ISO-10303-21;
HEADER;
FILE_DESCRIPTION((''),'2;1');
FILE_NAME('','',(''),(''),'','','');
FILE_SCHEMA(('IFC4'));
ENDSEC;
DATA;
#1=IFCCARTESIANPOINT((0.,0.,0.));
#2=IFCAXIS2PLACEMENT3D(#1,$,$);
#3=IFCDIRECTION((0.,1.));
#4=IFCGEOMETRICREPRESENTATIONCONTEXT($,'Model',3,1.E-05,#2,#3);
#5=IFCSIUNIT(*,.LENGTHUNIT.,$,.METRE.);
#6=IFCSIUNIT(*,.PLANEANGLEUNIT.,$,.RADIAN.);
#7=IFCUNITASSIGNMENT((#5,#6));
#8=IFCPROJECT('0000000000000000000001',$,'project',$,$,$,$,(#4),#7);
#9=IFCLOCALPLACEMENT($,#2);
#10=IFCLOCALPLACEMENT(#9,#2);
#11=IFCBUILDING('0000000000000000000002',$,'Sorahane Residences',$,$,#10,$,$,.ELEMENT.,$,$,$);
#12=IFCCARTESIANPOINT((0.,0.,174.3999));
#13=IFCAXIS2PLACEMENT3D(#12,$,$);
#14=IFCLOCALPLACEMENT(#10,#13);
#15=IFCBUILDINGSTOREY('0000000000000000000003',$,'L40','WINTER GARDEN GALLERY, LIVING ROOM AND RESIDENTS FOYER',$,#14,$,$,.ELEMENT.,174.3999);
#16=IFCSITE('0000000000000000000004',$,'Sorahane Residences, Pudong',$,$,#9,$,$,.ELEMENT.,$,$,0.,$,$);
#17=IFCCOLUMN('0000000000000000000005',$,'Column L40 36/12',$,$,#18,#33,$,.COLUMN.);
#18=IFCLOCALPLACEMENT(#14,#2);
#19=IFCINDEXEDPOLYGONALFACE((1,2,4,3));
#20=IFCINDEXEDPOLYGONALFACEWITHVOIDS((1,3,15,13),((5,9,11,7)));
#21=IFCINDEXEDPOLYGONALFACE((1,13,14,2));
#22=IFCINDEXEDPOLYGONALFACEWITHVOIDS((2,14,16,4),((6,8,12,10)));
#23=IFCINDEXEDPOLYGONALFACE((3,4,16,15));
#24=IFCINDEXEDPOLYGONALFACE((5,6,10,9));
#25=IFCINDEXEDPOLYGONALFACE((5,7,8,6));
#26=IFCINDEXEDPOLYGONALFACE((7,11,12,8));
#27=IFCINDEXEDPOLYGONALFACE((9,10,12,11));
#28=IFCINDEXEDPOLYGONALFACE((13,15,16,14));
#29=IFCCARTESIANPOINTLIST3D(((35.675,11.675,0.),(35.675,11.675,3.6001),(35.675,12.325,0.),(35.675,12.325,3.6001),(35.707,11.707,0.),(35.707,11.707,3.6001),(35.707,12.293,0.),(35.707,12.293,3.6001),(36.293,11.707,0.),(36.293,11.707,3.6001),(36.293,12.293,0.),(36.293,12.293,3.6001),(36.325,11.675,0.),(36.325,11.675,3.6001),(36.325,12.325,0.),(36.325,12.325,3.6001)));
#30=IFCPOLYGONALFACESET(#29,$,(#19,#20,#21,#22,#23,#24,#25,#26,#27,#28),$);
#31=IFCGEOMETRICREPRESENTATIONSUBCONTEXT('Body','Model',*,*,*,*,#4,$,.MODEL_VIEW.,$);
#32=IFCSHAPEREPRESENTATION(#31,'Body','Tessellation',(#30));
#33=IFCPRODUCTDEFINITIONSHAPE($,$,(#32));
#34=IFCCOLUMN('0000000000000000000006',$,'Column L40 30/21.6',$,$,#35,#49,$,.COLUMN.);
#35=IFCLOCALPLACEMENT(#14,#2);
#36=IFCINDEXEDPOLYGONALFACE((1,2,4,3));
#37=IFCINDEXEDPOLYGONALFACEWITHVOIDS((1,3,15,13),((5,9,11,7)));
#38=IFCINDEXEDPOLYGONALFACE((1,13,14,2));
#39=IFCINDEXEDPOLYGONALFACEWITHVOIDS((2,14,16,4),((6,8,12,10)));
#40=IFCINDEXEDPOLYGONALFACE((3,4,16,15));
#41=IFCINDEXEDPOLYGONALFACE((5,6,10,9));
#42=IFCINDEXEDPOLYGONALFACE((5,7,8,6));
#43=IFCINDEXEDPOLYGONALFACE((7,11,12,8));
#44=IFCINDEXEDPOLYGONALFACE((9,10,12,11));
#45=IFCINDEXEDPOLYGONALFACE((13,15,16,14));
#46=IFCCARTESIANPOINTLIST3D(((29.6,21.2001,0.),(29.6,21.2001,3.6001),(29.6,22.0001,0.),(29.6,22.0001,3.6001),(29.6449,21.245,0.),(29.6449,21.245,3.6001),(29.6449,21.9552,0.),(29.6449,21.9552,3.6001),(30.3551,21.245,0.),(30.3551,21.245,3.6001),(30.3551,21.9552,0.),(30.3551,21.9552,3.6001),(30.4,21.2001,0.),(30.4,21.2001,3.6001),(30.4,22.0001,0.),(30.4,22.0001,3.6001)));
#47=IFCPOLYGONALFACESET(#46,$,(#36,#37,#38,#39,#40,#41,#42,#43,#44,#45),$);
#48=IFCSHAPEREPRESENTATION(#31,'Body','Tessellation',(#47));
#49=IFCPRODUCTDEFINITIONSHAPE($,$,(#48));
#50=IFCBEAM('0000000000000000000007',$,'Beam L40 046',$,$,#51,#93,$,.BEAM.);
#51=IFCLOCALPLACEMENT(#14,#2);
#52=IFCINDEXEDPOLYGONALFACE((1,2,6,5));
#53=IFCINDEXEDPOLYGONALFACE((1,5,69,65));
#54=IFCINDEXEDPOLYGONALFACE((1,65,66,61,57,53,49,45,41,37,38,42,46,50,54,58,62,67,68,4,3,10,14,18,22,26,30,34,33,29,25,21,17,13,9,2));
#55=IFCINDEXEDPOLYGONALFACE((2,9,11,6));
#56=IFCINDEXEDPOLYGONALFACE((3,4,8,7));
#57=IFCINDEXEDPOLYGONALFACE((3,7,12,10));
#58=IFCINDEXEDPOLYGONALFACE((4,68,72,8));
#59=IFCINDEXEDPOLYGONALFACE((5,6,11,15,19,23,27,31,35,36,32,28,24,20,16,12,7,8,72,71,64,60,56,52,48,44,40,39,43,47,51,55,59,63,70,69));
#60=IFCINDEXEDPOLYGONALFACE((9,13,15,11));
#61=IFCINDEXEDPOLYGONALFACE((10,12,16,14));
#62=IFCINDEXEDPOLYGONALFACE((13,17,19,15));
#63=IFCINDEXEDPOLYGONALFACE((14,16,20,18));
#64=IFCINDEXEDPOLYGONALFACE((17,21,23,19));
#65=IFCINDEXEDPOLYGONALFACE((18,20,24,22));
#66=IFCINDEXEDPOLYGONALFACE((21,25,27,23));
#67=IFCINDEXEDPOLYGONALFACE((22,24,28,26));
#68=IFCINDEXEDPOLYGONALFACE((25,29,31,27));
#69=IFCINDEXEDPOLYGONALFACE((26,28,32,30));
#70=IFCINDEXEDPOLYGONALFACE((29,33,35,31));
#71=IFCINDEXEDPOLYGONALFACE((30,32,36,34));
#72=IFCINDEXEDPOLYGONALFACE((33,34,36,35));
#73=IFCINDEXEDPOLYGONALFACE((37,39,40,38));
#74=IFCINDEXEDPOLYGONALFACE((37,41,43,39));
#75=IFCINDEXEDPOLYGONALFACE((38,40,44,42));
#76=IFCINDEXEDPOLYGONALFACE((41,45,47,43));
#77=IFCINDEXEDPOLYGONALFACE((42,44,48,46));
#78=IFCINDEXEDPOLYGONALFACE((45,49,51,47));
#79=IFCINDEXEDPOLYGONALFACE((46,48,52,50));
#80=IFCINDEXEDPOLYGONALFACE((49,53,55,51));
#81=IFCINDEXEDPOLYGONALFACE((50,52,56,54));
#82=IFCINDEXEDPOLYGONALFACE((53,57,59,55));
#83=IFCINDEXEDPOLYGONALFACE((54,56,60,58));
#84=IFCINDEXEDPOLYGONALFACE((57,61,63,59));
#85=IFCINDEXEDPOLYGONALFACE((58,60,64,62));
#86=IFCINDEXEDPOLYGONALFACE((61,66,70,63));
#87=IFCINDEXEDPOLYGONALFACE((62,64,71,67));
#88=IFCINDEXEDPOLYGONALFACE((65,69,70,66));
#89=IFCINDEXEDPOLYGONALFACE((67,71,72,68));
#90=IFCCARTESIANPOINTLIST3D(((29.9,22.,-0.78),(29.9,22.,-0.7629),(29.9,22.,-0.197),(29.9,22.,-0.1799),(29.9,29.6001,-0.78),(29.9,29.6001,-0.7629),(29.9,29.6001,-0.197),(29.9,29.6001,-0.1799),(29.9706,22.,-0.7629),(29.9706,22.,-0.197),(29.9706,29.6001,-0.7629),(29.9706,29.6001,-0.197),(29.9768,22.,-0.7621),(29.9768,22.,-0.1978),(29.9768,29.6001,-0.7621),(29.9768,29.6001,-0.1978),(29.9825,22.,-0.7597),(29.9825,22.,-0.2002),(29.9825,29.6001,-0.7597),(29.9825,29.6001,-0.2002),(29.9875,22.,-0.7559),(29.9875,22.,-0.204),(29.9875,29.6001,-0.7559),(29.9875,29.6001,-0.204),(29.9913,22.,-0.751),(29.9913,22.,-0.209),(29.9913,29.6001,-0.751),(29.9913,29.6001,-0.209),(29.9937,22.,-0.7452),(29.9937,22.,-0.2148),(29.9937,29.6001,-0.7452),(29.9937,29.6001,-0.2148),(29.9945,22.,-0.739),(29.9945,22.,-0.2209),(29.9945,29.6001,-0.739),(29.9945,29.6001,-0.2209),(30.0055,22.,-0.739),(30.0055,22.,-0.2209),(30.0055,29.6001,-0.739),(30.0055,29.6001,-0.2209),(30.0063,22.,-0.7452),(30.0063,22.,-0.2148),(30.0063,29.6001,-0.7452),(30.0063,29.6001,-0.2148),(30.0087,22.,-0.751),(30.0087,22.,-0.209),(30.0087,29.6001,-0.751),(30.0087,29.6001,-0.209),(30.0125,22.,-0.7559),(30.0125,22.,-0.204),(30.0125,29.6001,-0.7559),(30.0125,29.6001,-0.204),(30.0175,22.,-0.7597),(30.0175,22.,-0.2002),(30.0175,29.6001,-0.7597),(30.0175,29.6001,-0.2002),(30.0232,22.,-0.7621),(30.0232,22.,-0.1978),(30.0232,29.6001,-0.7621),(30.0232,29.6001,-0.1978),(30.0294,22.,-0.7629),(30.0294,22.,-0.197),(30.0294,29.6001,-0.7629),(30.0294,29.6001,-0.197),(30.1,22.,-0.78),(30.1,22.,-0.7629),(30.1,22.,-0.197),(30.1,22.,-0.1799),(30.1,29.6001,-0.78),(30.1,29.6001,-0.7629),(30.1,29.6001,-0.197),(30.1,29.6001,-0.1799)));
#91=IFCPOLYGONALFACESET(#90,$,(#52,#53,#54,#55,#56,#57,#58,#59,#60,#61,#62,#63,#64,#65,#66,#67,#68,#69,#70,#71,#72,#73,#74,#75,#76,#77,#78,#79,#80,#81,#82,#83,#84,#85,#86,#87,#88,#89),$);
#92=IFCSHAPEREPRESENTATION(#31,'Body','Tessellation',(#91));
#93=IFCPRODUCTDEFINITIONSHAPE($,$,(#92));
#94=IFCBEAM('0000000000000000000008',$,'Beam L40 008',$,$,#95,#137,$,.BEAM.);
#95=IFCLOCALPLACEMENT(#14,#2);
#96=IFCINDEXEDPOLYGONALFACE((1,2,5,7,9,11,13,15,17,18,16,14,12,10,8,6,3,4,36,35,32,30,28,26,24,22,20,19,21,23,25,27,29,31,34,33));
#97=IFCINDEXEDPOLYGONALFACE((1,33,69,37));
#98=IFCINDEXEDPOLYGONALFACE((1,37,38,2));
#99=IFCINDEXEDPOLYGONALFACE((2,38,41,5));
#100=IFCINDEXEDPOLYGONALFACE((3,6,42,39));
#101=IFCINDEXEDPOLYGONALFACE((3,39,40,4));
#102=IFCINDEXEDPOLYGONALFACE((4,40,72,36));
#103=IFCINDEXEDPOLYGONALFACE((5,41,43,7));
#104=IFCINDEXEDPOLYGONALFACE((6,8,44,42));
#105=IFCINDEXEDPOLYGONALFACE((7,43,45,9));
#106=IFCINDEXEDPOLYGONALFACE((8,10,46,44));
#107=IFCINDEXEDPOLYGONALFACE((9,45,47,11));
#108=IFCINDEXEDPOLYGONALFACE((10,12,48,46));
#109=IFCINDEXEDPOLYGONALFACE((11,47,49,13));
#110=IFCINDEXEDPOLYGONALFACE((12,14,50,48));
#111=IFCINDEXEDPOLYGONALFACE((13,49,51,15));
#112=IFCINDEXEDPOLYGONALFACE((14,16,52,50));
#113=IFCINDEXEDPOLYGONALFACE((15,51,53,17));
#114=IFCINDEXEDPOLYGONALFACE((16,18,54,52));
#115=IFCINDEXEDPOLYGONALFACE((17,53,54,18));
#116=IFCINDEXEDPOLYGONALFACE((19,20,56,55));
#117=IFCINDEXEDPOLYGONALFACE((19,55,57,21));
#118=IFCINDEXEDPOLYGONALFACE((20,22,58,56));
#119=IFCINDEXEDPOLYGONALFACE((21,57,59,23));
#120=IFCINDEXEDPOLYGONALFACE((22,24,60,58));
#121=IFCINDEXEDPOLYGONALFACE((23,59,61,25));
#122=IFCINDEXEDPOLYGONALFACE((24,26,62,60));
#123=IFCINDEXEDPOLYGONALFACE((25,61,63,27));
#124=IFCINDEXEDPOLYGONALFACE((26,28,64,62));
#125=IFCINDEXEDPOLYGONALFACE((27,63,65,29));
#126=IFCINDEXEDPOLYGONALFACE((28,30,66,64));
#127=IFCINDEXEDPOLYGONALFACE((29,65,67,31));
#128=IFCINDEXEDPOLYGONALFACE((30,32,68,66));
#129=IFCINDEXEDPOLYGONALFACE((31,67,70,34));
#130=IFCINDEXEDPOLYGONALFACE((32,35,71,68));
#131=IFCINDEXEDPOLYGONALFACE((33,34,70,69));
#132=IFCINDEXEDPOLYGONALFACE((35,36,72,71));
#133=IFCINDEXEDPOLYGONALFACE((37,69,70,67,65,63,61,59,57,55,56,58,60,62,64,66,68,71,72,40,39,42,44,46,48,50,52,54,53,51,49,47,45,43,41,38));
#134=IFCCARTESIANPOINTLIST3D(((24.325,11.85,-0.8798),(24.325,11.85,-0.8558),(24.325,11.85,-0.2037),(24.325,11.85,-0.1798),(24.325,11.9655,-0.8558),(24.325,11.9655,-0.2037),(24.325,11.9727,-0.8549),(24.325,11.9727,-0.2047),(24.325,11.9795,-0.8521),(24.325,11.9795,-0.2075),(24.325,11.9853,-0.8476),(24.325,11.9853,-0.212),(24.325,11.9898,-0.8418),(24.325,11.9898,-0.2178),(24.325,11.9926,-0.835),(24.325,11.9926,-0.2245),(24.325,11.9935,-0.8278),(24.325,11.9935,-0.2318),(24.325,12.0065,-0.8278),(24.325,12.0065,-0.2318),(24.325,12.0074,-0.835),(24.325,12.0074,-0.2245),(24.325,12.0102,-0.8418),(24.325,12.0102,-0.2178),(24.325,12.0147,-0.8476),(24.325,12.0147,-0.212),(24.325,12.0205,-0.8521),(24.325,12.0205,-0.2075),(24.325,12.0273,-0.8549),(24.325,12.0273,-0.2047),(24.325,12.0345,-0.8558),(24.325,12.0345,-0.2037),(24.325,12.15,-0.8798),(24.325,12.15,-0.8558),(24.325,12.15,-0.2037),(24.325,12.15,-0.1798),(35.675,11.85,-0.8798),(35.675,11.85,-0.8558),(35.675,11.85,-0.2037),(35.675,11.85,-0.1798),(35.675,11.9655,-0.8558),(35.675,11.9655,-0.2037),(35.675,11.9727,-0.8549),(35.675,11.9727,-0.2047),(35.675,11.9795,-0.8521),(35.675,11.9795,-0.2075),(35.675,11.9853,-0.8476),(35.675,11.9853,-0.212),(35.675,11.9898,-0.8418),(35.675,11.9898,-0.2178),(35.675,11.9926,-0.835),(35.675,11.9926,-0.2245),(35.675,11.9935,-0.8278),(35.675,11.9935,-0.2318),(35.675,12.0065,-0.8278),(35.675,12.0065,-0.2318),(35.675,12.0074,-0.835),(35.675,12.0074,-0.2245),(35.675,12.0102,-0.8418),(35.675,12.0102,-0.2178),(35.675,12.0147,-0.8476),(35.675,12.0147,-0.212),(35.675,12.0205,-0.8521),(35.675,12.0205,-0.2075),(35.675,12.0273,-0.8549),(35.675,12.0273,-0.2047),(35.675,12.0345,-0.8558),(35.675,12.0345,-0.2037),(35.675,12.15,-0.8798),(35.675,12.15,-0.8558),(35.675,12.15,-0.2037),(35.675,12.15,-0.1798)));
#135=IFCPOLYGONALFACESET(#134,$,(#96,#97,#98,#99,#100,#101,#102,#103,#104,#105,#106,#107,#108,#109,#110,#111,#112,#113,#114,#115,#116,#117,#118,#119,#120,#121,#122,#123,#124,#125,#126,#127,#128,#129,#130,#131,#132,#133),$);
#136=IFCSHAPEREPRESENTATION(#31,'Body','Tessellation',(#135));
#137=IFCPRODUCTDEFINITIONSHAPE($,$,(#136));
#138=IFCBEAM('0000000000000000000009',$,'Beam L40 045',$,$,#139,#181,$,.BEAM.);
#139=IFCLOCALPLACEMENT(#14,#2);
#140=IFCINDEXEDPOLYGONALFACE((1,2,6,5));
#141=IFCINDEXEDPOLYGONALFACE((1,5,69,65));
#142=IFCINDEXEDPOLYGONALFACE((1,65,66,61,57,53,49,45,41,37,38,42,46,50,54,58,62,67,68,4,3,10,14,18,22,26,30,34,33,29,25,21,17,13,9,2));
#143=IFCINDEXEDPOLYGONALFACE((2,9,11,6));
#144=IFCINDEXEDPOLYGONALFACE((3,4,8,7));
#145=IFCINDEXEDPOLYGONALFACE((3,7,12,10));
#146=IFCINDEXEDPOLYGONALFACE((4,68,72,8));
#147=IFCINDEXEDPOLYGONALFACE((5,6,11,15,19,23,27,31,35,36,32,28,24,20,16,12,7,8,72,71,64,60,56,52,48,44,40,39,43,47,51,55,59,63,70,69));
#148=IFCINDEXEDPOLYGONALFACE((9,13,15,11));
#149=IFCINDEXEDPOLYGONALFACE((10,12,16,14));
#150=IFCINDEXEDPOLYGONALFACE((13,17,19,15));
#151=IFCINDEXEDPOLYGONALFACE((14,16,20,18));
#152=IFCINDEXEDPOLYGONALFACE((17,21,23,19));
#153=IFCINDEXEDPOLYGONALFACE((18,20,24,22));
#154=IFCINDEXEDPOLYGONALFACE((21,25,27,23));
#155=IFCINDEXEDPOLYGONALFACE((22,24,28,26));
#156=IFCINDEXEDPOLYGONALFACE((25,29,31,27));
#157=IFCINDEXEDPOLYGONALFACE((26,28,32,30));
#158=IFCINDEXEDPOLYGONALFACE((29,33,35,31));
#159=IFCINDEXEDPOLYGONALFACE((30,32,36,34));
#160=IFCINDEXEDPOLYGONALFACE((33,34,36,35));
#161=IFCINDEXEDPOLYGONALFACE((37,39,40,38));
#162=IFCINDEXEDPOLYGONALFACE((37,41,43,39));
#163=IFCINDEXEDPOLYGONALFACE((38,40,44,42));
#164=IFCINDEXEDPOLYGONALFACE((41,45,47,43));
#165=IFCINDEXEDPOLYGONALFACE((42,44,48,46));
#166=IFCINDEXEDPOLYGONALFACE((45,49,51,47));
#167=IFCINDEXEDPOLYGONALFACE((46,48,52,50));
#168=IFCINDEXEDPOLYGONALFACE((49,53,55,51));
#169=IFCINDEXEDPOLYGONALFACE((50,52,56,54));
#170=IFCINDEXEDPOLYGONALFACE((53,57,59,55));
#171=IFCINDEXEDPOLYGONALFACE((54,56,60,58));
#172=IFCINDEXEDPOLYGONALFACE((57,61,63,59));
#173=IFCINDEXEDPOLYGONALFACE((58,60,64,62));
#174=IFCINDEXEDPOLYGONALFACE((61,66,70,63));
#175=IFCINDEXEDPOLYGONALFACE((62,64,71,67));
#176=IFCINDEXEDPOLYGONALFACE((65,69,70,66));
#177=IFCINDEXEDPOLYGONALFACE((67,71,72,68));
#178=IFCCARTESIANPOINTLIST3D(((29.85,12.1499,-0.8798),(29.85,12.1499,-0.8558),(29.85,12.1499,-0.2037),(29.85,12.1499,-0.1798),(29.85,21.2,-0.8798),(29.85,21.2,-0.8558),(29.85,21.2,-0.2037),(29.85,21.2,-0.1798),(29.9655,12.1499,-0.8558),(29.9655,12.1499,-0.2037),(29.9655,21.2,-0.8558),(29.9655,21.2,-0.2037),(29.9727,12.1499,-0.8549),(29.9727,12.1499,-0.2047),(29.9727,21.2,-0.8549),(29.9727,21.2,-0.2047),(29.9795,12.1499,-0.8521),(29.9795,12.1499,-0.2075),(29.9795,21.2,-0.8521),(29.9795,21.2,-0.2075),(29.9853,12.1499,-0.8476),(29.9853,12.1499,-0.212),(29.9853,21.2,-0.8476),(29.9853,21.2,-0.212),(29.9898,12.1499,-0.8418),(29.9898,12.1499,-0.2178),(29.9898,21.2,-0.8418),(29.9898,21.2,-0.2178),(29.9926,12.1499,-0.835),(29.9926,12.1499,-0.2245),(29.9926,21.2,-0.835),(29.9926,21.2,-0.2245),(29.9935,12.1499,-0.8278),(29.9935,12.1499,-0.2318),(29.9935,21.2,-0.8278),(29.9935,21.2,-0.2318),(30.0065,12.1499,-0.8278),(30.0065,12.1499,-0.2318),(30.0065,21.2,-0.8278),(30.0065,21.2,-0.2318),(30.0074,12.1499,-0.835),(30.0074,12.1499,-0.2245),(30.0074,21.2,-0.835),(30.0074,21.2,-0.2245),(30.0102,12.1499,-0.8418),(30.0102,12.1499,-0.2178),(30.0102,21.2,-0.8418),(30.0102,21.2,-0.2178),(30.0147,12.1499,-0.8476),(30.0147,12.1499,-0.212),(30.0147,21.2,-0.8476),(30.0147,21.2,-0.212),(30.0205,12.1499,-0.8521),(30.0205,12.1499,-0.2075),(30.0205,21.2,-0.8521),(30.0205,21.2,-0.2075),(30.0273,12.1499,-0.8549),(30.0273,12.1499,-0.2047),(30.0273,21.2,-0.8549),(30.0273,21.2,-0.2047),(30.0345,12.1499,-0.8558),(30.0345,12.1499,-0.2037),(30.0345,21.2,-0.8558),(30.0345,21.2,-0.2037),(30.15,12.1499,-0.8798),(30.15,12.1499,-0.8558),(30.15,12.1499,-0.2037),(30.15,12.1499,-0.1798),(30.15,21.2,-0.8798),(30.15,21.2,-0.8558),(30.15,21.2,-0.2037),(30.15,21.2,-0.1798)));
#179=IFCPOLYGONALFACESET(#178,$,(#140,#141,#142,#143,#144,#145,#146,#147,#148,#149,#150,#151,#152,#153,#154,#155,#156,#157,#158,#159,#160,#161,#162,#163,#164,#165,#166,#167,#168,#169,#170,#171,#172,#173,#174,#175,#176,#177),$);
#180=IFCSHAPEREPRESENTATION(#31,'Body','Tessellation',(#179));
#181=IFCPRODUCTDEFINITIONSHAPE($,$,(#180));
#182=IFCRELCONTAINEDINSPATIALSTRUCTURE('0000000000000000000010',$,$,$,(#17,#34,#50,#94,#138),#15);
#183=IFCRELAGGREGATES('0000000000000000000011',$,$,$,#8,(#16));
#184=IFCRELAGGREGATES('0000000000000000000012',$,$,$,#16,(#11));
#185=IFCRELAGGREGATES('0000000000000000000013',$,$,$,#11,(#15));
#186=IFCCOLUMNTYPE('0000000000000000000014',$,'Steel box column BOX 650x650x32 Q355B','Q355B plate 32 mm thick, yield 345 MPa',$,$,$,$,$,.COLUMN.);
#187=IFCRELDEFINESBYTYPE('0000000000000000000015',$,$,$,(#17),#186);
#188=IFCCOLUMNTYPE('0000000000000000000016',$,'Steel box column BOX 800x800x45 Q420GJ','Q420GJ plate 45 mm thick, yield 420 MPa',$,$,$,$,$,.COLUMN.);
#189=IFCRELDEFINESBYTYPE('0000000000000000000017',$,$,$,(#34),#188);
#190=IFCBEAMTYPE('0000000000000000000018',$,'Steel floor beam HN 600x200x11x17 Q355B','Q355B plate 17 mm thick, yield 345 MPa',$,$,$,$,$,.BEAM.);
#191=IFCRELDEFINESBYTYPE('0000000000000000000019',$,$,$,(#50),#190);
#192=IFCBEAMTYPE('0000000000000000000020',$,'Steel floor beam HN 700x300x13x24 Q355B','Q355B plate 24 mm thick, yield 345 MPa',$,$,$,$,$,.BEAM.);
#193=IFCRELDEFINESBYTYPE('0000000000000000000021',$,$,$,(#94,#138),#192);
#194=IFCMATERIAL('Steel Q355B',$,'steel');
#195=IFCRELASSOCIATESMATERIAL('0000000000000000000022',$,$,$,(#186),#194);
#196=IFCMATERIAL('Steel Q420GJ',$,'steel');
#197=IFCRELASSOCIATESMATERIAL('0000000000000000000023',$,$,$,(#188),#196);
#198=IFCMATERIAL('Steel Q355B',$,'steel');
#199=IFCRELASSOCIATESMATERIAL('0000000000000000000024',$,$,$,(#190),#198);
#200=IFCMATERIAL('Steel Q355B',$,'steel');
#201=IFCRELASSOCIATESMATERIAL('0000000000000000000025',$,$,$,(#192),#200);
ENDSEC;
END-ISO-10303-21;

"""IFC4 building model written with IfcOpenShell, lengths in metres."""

from ifc_helpers import new_model, si_unit, direction, frame, origin, origin_2d, place, context, subcontext, project, spatial, hollow_rectangle, i_section, extrude, material, material_profile, profile_set, type_object, element, save


model = new_model("IFC4")

# Units and contexts
model_context = context("Model", 3, precision=1e-05, world=origin(), true_north=direction((0.0, 1.0)))
body_context = subcontext(model_context, "Body", "Model", "MODEL_VIEW")
ifc_project = project(units=[si_unit("LENGTHUNIT", "METRE"), si_unit("PLANEANGLEUNIT", "RADIAN")], contexts=[model_context])

# Site, building, storey
site_placement = place(None, origin())
site = spatial("IfcSite", under=ifc_project, at=site_placement, Name="Sorahane Residences, Pudong", CompositionType="ELEMENT", RefElevation=0.0)
building_placement = place(site_placement, origin())
building = spatial("IfcBuilding", under=site, at=building_placement, Name="Sorahane Residences", CompositionType="ELEMENT")
storey_placement = place(building_placement, frame((0.0, 0.0, 174.3999)))
storey = spatial("IfcBuildingStorey", under=building, at=storey_placement, Name="L40", Description="WINTER GARDEN GALLERY, LIVING ROOM AND RESIDENTS FOYER", CompositionType="ELEMENT", Elevation=174.3999)

# Columns
ifc_material_1 = material(Name="Steel Q355B", Category="steel")
ifc_material_profile_1 = material_profile(ifc_material_1, hollow_rectangle(XDim=0.6499, YDim=0.6499, WallThickness=0.032, at=origin_2d()), Name="BOX 650x650x32")
ifc_profile_set_1 = profile_set([ifc_material_profile_1], Name="Steel Q355B")
column_type_1 = type_object("IfcColumnType", Name="Steel box column BOX 650x650x32 Q355B", Description="Q355B plate 32 mm thick, yield 345 MPa", PredefinedType="COLUMN", material=ifc_profile_set_1)
column_1_placement = place(storey_placement, frame((36.0, 12.0, 0.0), z_axis=(0.0, 0.0, 1.0), x_axis=(1.0, 0.0, 0.0)))
element("IfcColumn", 1, at=column_1_placement, inside=storey, type_object=column_type_1, Name="Column L40 36/12", PredefinedType="COLUMN", context=body_context, shape_type="SweptSolid", body=[
    extrude(hollow_rectangle(XDim=0.6499, YDim=0.6499, WallThickness=0.032, at=origin_2d()), origin(), (0.0, 0.0, 1.0), 3.6001),
])
ifc_material_2 = material(Name="Steel Q420GJ", Category="steel")
ifc_material_profile_2 = material_profile(ifc_material_2, hollow_rectangle(XDim=0.8, YDim=0.8, WallThickness=0.0449, at=origin_2d()), Name="BOX 800x800x45")
ifc_profile_set_2 = profile_set([ifc_material_profile_2], Name="Steel Q420GJ")
column_type_2 = type_object("IfcColumnType", Name="Steel box column BOX 800x800x45 Q420GJ", Description="Q420GJ plate 45 mm thick, yield 420 MPa", PredefinedType="COLUMN", material=ifc_profile_set_2)
column_2_placement = place(storey_placement, frame((30.0, 21.6001, 0.0), z_axis=(0.0, 0.0, 1.0), x_axis=(1.0, 0.0, 0.0)))
element("IfcColumn", 2, at=column_2_placement, inside=storey, type_object=column_type_2, Name="Column L40 30/21.6", PredefinedType="COLUMN", context=body_context, shape_type="SweptSolid", body=[
    extrude(hollow_rectangle(XDim=0.8, YDim=0.8, WallThickness=0.0449, at=origin_2d()), origin(), (0.0, 0.0, 1.0), 3.6001),
])

# Beams
ifc_material_3 = material(Name="Steel Q355B", Category="steel")
ifc_material_profile_3 = material_profile(ifc_material_3, i_section(OverallWidth=0.2, OverallDepth=0.6001, WebThickness=0.011, FlangeThickness=0.0171, FilletRadius=0.0239, at=origin_2d()), Name="HN 600x200x11x17")
ifc_profile_set_3 = profile_set([ifc_material_profile_3], Name="Steel Q355B")
beam_type_1 = type_object("IfcBeamType", Name="Steel floor beam HN 600x200x11x17 Q355B", Description="Q355B plate 17 mm thick, yield 345 MPa", PredefinedType="BEAM", material=ifc_profile_set_3)
beam_1_placement = place(storey_placement, frame((30.0, 22.0, -0.48), z_axis=(0.0, 1.0, 0.0), x_axis=(-1.0, 0.0, 0.0)))
element("IfcBeam", 3, at=beam_1_placement, inside=storey, type_object=beam_type_1, Name="Beam L40 046", PredefinedType="BEAM", context=body_context, shape_type="SweptSolid", body=[
    extrude(i_section(OverallWidth=0.2, OverallDepth=0.6001, WebThickness=0.011, FlangeThickness=0.0171, FilletRadius=0.0239, at=origin_2d()), origin(), (0.0, 0.0, 1.0), 7.6001),
])
ifc_material_4 = material(Name="Steel Q355B", Category="steel")
ifc_material_profile_4 = material_profile(ifc_material_4, i_section(OverallWidth=0.3, OverallDepth=0.7, WebThickness=0.0129, FlangeThickness=0.0239, FilletRadius=0.0281, at=origin_2d()), Name="HN 700x300x13x24")
ifc_profile_set_4 = profile_set([ifc_material_profile_4], Name="Steel Q355B")
beam_type_2 = type_object("IfcBeamType", Name="Steel floor beam HN 700x300x13x24 Q355B", Description="Q355B plate 24 mm thick, yield 345 MPa", PredefinedType="BEAM", material=ifc_profile_set_4)
beam_2_placement = place(storey_placement, frame((24.325, 12.0, -0.5298), z_axis=(1.0, 0.0, 0.0), x_axis=(0.0, 1.0, 0.0)))
element("IfcBeam", 4, at=beam_2_placement, inside=storey, type_object=beam_type_2, Name="Beam L40 008", PredefinedType="BEAM", context=body_context, shape_type="SweptSolid", body=[
    extrude(i_section(OverallWidth=0.3, OverallDepth=0.7, WebThickness=0.0129, FlangeThickness=0.0239, FilletRadius=0.0281, at=origin_2d()), origin(), (0.0, 0.0, 1.0), 11.3501),
])
beam_3_placement = place(storey_placement, frame((30.0, 12.1499, -0.5298), z_axis=(0.0, 1.0, 0.0), x_axis=(-1.0, 0.0, 0.0)))
element("IfcBeam", 5, at=beam_3_placement, inside=storey, type_object=beam_type_2, Name="Beam L40 045", PredefinedType="BEAM", context=body_context, shape_type="SweptSolid", body=[
    extrude(i_section(OverallWidth=0.3, OverallDepth=0.7, WebThickness=0.0129, FlangeThickness=0.0239, FilletRadius=0.0281, at=origin_2d()), origin(), (0.0, 0.0, 1.0), 9.05),
])

save(model, "model.ifc")
